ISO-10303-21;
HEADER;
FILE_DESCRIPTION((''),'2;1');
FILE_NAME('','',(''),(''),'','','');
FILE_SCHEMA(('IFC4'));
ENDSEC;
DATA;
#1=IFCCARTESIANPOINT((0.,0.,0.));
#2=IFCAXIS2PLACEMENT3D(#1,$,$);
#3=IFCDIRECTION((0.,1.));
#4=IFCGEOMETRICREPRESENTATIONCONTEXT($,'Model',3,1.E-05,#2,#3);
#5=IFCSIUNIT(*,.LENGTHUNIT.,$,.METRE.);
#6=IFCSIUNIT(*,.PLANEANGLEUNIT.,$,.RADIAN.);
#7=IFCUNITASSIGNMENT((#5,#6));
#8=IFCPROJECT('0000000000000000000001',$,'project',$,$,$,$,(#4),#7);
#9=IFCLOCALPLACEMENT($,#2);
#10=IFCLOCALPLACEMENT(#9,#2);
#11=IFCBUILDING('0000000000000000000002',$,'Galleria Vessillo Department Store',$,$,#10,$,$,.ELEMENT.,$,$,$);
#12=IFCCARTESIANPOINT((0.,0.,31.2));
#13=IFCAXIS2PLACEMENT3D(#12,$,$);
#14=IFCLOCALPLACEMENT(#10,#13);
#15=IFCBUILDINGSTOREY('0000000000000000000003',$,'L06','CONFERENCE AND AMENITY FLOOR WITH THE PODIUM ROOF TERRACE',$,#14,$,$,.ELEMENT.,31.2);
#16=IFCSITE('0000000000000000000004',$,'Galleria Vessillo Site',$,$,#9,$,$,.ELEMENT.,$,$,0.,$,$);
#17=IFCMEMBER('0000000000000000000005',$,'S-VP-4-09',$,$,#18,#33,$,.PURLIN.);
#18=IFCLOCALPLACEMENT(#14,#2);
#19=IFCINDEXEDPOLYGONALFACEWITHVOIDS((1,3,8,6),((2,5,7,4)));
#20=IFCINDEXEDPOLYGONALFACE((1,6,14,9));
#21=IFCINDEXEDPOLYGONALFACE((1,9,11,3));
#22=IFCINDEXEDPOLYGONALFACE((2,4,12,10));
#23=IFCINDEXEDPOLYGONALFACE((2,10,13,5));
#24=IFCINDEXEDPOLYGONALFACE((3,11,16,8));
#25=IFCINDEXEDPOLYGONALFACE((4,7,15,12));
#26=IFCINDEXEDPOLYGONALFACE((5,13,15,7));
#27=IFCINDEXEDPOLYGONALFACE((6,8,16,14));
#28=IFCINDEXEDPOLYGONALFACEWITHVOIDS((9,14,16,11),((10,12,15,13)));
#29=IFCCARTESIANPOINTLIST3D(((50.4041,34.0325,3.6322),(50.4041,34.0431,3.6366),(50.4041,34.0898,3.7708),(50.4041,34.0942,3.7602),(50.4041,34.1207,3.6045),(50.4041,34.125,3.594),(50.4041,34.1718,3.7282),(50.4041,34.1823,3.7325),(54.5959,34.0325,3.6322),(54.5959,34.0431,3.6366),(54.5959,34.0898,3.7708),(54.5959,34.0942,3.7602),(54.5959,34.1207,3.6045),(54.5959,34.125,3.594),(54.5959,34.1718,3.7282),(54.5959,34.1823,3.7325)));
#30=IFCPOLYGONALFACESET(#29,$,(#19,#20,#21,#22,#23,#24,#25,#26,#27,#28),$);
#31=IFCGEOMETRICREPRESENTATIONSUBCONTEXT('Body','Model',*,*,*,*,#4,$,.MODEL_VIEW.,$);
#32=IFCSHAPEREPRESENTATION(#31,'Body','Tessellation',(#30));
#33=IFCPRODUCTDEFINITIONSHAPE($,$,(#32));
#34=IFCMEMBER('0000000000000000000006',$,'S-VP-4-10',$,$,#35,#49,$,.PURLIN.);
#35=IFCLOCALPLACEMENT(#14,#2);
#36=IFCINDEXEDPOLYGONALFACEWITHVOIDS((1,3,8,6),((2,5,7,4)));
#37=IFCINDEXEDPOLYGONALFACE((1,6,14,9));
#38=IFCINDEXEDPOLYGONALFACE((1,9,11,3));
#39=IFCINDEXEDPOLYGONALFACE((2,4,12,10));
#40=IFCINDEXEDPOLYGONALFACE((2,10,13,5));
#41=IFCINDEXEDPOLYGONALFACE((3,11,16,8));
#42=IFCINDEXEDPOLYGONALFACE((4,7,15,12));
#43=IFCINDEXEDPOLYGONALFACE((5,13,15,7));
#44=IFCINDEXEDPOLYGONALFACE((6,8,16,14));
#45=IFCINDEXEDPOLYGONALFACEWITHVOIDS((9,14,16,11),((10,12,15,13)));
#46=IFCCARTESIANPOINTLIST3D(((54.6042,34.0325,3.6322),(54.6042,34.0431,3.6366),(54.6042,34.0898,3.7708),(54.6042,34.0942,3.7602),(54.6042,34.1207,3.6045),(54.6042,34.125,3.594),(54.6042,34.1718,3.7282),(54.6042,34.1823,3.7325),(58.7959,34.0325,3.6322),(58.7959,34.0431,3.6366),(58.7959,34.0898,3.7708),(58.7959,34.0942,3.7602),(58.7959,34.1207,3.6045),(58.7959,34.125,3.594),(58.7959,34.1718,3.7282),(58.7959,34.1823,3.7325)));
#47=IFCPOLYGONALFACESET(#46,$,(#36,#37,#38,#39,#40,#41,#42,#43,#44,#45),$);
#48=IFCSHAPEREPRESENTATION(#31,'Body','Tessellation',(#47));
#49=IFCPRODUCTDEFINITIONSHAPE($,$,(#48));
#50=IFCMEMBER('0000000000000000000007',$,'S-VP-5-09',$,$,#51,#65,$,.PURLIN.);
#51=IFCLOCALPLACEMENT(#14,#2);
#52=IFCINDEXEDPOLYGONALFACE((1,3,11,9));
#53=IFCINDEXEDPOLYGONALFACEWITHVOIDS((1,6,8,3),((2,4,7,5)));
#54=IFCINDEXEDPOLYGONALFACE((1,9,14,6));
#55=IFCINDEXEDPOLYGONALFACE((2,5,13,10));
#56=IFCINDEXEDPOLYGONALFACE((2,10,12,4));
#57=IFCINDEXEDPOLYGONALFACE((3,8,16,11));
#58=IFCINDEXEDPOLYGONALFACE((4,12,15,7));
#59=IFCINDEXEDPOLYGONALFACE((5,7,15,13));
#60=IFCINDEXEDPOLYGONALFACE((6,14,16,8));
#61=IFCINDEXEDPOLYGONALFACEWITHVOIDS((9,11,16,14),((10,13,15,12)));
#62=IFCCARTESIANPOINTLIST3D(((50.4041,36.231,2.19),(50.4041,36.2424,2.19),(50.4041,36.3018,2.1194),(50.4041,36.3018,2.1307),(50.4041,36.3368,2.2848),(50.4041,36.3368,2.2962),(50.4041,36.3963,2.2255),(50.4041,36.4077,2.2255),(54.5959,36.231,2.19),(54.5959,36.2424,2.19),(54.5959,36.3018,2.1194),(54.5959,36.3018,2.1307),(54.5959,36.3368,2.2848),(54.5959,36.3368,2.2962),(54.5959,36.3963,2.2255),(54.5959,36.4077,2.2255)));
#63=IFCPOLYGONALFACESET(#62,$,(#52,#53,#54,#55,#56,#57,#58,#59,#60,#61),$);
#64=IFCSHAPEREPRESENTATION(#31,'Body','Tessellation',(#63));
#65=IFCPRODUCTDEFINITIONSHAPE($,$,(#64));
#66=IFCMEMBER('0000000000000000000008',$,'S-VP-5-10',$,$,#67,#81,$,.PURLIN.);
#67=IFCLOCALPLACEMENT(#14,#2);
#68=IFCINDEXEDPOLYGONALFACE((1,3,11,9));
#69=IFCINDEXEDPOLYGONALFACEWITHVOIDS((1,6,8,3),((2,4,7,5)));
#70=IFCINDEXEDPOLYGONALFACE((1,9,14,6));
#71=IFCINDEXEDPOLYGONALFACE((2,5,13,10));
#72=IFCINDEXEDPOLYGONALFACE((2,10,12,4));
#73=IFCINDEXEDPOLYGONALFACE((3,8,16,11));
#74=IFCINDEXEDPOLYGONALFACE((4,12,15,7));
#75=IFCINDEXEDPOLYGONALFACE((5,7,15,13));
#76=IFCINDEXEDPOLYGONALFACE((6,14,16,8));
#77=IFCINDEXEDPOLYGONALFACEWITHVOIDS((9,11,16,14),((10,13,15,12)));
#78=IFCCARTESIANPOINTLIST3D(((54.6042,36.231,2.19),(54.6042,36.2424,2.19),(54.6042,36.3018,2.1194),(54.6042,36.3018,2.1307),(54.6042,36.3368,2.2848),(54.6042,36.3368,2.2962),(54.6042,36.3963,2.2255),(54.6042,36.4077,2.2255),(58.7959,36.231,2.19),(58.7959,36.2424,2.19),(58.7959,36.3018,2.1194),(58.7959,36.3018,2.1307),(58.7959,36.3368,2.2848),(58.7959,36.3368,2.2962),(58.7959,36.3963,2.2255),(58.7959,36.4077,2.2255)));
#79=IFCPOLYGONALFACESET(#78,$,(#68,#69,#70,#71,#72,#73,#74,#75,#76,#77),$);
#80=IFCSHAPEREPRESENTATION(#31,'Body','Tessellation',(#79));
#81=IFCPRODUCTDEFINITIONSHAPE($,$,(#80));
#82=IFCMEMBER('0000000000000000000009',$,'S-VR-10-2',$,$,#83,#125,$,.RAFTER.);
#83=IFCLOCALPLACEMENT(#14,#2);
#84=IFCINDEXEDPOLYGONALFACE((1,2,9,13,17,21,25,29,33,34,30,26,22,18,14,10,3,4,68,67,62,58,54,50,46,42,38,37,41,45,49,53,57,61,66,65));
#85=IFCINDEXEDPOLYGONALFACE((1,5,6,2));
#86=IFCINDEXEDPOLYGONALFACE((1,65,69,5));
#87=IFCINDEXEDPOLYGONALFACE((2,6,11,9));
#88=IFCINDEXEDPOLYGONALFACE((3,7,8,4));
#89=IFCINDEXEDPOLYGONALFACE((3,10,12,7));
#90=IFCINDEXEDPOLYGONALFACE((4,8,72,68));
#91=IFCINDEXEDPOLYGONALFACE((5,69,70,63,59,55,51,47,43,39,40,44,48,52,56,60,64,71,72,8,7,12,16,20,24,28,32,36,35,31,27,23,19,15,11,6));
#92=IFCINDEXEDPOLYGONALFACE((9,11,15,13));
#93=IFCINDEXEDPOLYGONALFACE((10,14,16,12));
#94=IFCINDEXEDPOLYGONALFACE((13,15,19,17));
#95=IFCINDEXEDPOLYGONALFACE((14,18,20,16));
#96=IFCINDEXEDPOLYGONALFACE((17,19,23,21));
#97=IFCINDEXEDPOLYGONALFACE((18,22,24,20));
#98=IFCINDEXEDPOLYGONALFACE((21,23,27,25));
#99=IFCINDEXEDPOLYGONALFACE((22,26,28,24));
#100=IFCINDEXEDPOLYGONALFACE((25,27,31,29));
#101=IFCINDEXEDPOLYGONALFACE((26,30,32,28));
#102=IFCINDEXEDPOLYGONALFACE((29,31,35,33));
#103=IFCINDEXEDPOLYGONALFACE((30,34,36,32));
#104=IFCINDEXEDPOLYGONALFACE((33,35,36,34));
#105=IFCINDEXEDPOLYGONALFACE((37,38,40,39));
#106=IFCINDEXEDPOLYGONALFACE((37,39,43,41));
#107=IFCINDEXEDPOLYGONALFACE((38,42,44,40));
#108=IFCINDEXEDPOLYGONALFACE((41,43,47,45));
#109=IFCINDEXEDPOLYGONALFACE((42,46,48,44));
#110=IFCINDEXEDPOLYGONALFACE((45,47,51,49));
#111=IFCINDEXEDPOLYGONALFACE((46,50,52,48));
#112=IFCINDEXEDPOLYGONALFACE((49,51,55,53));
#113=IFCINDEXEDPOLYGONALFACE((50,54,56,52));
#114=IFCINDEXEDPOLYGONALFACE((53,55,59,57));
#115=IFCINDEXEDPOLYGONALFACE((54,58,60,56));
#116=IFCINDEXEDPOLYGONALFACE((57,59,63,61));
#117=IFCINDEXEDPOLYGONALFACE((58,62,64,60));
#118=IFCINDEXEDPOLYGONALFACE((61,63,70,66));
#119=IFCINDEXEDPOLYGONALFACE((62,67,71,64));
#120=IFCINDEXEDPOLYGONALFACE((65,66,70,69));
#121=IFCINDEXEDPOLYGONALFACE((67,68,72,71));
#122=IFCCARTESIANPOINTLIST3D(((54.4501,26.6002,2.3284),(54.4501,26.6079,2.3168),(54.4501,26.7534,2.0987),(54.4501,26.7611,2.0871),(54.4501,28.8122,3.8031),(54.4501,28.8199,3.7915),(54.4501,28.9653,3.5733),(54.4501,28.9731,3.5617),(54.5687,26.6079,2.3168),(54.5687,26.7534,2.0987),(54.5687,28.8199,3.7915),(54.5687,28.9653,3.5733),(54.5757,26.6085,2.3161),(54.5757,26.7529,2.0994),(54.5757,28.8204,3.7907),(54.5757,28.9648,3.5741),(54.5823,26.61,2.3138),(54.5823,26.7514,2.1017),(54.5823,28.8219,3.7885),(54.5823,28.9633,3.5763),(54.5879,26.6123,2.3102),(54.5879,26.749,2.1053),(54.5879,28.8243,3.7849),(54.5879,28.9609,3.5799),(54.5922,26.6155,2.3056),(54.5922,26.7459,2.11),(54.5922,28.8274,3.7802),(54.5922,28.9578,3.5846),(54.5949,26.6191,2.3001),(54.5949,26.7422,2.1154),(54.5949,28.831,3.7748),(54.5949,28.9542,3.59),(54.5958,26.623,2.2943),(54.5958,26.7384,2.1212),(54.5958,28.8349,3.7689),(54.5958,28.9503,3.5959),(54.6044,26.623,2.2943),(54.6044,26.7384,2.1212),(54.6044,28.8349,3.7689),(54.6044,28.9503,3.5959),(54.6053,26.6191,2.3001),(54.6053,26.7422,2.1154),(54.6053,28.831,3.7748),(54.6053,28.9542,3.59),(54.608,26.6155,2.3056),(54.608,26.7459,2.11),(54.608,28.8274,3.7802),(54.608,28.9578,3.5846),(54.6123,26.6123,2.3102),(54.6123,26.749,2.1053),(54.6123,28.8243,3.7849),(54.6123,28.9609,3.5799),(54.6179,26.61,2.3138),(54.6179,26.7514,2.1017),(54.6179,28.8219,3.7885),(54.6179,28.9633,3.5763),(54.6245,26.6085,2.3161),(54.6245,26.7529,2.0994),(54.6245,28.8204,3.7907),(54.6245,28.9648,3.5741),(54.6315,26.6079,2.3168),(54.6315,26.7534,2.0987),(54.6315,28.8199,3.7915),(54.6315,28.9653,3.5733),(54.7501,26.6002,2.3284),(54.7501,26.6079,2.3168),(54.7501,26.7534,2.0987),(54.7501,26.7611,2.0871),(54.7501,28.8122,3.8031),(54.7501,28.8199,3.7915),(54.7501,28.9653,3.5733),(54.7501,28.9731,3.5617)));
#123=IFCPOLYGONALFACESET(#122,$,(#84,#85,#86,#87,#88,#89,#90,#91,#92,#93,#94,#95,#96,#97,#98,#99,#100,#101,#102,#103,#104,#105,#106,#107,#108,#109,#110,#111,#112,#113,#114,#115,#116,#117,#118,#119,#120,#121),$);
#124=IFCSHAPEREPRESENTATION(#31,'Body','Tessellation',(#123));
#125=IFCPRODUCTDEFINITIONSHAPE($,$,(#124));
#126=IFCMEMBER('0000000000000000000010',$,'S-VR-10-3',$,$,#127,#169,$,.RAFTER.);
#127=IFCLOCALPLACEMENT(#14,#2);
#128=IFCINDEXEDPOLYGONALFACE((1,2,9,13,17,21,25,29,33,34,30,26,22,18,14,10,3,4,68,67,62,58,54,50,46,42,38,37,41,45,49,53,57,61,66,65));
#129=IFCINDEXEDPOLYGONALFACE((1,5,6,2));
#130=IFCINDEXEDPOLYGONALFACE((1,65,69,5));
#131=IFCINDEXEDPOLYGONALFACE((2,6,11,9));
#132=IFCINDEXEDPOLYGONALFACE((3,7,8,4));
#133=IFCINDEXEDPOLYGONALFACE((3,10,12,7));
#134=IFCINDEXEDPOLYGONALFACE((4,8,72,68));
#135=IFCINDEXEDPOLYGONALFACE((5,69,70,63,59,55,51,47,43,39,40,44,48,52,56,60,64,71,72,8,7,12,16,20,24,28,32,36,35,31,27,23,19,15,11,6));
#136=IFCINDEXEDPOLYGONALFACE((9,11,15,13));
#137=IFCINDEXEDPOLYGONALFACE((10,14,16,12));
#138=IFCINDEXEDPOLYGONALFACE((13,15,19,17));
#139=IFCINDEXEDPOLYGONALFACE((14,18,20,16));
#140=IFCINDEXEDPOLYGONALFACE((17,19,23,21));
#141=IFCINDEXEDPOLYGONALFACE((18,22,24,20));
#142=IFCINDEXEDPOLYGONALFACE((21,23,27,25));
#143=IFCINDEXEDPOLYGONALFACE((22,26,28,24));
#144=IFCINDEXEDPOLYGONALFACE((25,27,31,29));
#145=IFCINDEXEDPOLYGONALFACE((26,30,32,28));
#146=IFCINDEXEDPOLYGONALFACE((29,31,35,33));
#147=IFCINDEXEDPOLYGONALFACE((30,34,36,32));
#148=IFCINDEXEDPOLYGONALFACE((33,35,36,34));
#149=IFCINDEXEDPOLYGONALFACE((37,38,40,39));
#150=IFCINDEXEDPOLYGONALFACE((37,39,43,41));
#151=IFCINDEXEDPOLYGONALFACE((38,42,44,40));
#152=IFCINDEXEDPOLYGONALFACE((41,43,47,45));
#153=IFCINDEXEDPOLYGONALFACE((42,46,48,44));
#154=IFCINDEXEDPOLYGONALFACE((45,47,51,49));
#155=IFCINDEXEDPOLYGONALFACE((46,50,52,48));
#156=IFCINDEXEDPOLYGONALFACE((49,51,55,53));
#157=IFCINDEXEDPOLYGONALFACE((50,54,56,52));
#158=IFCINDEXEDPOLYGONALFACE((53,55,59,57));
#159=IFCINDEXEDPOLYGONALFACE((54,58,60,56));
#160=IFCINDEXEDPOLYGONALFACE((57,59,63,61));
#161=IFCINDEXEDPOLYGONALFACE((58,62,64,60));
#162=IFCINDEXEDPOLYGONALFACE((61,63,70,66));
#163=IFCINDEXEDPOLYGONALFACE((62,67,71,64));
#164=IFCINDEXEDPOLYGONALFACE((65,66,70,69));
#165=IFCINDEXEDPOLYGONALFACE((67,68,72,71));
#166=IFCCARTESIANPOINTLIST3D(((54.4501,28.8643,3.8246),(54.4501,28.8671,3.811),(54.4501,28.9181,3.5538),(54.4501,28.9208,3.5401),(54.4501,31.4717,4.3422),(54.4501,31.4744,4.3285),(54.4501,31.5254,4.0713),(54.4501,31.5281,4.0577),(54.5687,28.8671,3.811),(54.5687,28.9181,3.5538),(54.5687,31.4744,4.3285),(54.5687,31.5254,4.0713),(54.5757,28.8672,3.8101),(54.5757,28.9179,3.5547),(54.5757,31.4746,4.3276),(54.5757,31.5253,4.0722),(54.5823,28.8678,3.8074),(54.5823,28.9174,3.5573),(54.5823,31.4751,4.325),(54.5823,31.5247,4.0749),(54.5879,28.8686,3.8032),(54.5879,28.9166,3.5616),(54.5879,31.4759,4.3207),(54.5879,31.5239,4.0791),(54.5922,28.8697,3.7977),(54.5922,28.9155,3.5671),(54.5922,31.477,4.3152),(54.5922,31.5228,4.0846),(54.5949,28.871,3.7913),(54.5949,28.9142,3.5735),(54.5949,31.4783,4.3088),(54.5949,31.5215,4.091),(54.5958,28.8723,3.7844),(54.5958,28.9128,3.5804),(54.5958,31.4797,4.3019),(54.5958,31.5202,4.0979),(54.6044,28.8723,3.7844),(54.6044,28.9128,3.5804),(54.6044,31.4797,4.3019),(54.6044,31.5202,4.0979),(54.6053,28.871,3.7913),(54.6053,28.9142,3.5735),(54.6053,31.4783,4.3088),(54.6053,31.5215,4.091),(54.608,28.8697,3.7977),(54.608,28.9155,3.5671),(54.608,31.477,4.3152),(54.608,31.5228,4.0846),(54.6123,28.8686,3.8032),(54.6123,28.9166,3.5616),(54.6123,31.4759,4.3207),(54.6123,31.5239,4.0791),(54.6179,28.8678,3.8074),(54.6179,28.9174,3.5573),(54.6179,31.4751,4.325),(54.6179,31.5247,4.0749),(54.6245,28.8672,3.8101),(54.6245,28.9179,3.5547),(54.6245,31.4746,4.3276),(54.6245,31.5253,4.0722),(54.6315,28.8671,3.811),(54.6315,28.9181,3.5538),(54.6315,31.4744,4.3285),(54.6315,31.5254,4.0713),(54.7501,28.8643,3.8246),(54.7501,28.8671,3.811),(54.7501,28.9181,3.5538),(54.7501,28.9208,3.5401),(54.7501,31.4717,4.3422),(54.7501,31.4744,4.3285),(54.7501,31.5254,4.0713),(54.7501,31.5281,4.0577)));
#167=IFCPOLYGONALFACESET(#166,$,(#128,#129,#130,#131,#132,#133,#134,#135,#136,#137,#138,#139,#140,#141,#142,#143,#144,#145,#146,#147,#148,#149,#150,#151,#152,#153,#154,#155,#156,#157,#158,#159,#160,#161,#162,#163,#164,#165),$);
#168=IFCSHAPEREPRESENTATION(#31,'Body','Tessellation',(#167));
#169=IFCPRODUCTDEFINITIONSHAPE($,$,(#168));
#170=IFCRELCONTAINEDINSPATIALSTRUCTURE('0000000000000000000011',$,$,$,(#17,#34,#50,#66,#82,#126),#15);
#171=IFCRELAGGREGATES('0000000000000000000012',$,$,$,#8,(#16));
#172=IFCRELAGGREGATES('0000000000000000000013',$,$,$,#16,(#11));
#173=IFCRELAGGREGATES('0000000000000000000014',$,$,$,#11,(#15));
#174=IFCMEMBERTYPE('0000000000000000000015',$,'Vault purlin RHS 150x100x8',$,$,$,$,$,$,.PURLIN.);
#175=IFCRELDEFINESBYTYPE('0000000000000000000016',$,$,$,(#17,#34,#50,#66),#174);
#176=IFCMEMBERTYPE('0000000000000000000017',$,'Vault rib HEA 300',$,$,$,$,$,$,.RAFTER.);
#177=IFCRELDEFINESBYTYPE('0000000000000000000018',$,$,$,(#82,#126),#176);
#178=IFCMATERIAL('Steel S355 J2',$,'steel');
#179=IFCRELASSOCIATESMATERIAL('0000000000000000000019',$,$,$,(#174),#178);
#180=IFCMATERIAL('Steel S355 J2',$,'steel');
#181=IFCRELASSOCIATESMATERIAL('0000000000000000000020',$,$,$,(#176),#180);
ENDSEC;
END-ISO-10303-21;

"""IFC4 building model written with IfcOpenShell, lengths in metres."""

from ifc_helpers import new_model, si_unit, direction, frame, origin, origin_2d, place, context, subcontext, project, spatial, hollow_rectangle, i_section, extrude, material, material_profile, profile_set, type_object, element, save


model = new_model("IFC4")

# Units and contexts
model_context = context("Model", 3, precision=1e-05, world=origin(), true_north=direction((0.0, 1.0)))
body_context = subcontext(model_context, "Body", "Model", "MODEL_VIEW")
ifc_project = project(units=[si_unit("LENGTHUNIT", "METRE"), si_unit("PLANEANGLEUNIT", "RADIAN")], contexts=[model_context])

# Site, building, storey
site_placement = place(None, origin())
site = spatial("IfcSite", under=ifc_project, at=site_placement, Name="Galleria Vessillo Site", CompositionType="ELEMENT", RefElevation=0.0)
building_placement = place(site_placement, origin())
building = spatial("IfcBuilding", under=site, at=building_placement, Name="Galleria Vessillo Department Store", CompositionType="ELEMENT")
storey_placement = place(building_placement, frame((0.0, 0.0, 31.2)))
storey = spatial("IfcBuildingStorey", under=building, at=storey_placement, Name="L06", Description="CONFERENCE AND AMENITY FLOOR WITH THE PODIUM ROOF TERRACE", CompositionType="ELEMENT", Elevation=31.2)

# Members
ifc_material_1 = material(Name="Steel S355 J2", Category="steel")
ifc_material_profile_1 = material_profile(ifc_material_1, hollow_rectangle(XDim=0.1001, YDim=0.1499, WallThickness=0.0081, at=origin_2d()), Name="RHS 150x100x8")
ifc_profile_set_1 = profile_set([ifc_material_profile_1], Name="Steel S355 J2")
member_type_1 = type_object("IfcMemberType", Name="Vault purlin RHS 150x100x8", PredefinedType="PURLIN", material=ifc_profile_set_1)
member_1_placement = place(storey_placement, frame((50.4041, 34.1074, 3.6824), z_axis=(1.0, 0.0, 0.0), x_axis=(0.0, 0.924145, -0.382043)))
element("IfcMember", 1, at=member_1_placement, inside=storey, type_object=member_type_1, Name="S-VP-4-09", PredefinedType="PURLIN", context=body_context, shape_type="SweptSolid", body=[
    extrude(hollow_rectangle(XDim=0.1001, YDim=0.1499, WallThickness=0.0081, at=origin_2d()), origin(), (0.0, 0.0, 1.0), 4.1919),
])
member_2_placement = place(storey_placement, frame((54.6042, 34.1074, 3.6824), z_axis=(1.0, 0.0, 0.0), x_axis=(0.0, 0.924145, -0.382043)))
element("IfcMember", 2, at=member_2_placement, inside=storey, type_object=member_type_1, Name="S-VP-4-10", PredefinedType="PURLIN", context=body_context, shape_type="SweptSolid", body=[
    extrude(hollow_rectangle(XDim=0.1001, YDim=0.1499, WallThickness=0.0081, at=origin_2d()), origin(), (0.0, 0.0, 1.0), 4.1917),
])
member_3_placement = place(storey_placement, frame((50.4041, 36.3193, 2.2078), z_axis=(1.0, 0.0, 0.0), x_axis=(0.0, 0.708077, -0.706135)))
element("IfcMember", 3, at=member_3_placement, inside=storey, type_object=member_type_1, Name="S-VP-5-09", PredefinedType="PURLIN", context=body_context, shape_type="SweptSolid", body=[
    extrude(hollow_rectangle(XDim=0.1001, YDim=0.1499, WallThickness=0.0081, at=origin_2d()), origin(), (0.0, 0.0, 1.0), 4.1919),
])
member_4_placement = place(storey_placement, frame((54.6042, 36.3193, 2.2078), z_axis=(1.0, 0.0, 0.0), x_axis=(0.0, 0.708077, -0.706135)))
element("IfcMember", 4, at=member_4_placement, inside=storey, type_object=member_type_1, Name="S-VP-5-10", PredefinedType="PURLIN", context=body_context, shape_type="SweptSolid", body=[
    extrude(hollow_rectangle(XDim=0.1001, YDim=0.1499, WallThickness=0.0081, at=origin_2d()), origin(), (0.0, 0.0, 1.0), 4.1917),
])
ifc_material_2 = material(Name="Steel S355 J2", Category="steel")
ifc_material_profile_2 = material_profile(ifc_material_2, i_section(OverallWidth=0.3, OverallDepth=0.29, WebThickness=0.0085, FlangeThickness=0.0139, FilletRadius=0.0271, at=origin_2d()), Name="HEA 300")
ifc_profile_set_2 = profile_set([ifc_material_profile_2], Name="Steel S355 J2")
member_type_2 = type_object("IfcMemberType", Name="Vault rib HEA 300", PredefinedType="RAFTER", material=ifc_profile_set_2)
member_5_placement = place(storey_placement, frame((54.6001, 26.6807, 2.2078), z_axis=(0.0, 0.83205, 0.5547), x_axis=(-1.0, 0.0, 0.0)))
element("IfcMember", 5, at=member_5_placement, inside=storey, type_object=member_type_2, Name="S-VR-10-2", PredefinedType="RAFTER", context=body_context, shape_type="SweptSolid", body=[
    extrude(i_section(OverallWidth=0.3, OverallDepth=0.29, WebThickness=0.0085, FlangeThickness=0.0139, FilletRadius=0.0271, at=origin_2d()), origin(), (0.0, 0.0, 1.0), 2.6584),
])
for number, where, z_axis, x_axis, name in (
    (6, (54.6001, 28.8926, 3.6824), (0.0, 0.980862, 0.194703), (-1.0, 0.0, 0.0), "S-VR-10-3"),
):
    element("IfcMember", number, at=place(storey_placement, frame(where, z_axis=z_axis, x_axis=x_axis)), inside=storey, type_object=member_type_2, Name=name, PredefinedType="RAFTER", context=body_context, shape_type="SweptSolid", body=[
        extrude(i_section(OverallWidth=0.3, OverallDepth=0.29, WebThickness=0.0085, FlangeThickness=0.0139, FilletRadius=0.0271, at=origin_2d()), origin(), (0.0, 0.0, 1.0), 2.6582),
    ])

save(model, "model.ifc")
